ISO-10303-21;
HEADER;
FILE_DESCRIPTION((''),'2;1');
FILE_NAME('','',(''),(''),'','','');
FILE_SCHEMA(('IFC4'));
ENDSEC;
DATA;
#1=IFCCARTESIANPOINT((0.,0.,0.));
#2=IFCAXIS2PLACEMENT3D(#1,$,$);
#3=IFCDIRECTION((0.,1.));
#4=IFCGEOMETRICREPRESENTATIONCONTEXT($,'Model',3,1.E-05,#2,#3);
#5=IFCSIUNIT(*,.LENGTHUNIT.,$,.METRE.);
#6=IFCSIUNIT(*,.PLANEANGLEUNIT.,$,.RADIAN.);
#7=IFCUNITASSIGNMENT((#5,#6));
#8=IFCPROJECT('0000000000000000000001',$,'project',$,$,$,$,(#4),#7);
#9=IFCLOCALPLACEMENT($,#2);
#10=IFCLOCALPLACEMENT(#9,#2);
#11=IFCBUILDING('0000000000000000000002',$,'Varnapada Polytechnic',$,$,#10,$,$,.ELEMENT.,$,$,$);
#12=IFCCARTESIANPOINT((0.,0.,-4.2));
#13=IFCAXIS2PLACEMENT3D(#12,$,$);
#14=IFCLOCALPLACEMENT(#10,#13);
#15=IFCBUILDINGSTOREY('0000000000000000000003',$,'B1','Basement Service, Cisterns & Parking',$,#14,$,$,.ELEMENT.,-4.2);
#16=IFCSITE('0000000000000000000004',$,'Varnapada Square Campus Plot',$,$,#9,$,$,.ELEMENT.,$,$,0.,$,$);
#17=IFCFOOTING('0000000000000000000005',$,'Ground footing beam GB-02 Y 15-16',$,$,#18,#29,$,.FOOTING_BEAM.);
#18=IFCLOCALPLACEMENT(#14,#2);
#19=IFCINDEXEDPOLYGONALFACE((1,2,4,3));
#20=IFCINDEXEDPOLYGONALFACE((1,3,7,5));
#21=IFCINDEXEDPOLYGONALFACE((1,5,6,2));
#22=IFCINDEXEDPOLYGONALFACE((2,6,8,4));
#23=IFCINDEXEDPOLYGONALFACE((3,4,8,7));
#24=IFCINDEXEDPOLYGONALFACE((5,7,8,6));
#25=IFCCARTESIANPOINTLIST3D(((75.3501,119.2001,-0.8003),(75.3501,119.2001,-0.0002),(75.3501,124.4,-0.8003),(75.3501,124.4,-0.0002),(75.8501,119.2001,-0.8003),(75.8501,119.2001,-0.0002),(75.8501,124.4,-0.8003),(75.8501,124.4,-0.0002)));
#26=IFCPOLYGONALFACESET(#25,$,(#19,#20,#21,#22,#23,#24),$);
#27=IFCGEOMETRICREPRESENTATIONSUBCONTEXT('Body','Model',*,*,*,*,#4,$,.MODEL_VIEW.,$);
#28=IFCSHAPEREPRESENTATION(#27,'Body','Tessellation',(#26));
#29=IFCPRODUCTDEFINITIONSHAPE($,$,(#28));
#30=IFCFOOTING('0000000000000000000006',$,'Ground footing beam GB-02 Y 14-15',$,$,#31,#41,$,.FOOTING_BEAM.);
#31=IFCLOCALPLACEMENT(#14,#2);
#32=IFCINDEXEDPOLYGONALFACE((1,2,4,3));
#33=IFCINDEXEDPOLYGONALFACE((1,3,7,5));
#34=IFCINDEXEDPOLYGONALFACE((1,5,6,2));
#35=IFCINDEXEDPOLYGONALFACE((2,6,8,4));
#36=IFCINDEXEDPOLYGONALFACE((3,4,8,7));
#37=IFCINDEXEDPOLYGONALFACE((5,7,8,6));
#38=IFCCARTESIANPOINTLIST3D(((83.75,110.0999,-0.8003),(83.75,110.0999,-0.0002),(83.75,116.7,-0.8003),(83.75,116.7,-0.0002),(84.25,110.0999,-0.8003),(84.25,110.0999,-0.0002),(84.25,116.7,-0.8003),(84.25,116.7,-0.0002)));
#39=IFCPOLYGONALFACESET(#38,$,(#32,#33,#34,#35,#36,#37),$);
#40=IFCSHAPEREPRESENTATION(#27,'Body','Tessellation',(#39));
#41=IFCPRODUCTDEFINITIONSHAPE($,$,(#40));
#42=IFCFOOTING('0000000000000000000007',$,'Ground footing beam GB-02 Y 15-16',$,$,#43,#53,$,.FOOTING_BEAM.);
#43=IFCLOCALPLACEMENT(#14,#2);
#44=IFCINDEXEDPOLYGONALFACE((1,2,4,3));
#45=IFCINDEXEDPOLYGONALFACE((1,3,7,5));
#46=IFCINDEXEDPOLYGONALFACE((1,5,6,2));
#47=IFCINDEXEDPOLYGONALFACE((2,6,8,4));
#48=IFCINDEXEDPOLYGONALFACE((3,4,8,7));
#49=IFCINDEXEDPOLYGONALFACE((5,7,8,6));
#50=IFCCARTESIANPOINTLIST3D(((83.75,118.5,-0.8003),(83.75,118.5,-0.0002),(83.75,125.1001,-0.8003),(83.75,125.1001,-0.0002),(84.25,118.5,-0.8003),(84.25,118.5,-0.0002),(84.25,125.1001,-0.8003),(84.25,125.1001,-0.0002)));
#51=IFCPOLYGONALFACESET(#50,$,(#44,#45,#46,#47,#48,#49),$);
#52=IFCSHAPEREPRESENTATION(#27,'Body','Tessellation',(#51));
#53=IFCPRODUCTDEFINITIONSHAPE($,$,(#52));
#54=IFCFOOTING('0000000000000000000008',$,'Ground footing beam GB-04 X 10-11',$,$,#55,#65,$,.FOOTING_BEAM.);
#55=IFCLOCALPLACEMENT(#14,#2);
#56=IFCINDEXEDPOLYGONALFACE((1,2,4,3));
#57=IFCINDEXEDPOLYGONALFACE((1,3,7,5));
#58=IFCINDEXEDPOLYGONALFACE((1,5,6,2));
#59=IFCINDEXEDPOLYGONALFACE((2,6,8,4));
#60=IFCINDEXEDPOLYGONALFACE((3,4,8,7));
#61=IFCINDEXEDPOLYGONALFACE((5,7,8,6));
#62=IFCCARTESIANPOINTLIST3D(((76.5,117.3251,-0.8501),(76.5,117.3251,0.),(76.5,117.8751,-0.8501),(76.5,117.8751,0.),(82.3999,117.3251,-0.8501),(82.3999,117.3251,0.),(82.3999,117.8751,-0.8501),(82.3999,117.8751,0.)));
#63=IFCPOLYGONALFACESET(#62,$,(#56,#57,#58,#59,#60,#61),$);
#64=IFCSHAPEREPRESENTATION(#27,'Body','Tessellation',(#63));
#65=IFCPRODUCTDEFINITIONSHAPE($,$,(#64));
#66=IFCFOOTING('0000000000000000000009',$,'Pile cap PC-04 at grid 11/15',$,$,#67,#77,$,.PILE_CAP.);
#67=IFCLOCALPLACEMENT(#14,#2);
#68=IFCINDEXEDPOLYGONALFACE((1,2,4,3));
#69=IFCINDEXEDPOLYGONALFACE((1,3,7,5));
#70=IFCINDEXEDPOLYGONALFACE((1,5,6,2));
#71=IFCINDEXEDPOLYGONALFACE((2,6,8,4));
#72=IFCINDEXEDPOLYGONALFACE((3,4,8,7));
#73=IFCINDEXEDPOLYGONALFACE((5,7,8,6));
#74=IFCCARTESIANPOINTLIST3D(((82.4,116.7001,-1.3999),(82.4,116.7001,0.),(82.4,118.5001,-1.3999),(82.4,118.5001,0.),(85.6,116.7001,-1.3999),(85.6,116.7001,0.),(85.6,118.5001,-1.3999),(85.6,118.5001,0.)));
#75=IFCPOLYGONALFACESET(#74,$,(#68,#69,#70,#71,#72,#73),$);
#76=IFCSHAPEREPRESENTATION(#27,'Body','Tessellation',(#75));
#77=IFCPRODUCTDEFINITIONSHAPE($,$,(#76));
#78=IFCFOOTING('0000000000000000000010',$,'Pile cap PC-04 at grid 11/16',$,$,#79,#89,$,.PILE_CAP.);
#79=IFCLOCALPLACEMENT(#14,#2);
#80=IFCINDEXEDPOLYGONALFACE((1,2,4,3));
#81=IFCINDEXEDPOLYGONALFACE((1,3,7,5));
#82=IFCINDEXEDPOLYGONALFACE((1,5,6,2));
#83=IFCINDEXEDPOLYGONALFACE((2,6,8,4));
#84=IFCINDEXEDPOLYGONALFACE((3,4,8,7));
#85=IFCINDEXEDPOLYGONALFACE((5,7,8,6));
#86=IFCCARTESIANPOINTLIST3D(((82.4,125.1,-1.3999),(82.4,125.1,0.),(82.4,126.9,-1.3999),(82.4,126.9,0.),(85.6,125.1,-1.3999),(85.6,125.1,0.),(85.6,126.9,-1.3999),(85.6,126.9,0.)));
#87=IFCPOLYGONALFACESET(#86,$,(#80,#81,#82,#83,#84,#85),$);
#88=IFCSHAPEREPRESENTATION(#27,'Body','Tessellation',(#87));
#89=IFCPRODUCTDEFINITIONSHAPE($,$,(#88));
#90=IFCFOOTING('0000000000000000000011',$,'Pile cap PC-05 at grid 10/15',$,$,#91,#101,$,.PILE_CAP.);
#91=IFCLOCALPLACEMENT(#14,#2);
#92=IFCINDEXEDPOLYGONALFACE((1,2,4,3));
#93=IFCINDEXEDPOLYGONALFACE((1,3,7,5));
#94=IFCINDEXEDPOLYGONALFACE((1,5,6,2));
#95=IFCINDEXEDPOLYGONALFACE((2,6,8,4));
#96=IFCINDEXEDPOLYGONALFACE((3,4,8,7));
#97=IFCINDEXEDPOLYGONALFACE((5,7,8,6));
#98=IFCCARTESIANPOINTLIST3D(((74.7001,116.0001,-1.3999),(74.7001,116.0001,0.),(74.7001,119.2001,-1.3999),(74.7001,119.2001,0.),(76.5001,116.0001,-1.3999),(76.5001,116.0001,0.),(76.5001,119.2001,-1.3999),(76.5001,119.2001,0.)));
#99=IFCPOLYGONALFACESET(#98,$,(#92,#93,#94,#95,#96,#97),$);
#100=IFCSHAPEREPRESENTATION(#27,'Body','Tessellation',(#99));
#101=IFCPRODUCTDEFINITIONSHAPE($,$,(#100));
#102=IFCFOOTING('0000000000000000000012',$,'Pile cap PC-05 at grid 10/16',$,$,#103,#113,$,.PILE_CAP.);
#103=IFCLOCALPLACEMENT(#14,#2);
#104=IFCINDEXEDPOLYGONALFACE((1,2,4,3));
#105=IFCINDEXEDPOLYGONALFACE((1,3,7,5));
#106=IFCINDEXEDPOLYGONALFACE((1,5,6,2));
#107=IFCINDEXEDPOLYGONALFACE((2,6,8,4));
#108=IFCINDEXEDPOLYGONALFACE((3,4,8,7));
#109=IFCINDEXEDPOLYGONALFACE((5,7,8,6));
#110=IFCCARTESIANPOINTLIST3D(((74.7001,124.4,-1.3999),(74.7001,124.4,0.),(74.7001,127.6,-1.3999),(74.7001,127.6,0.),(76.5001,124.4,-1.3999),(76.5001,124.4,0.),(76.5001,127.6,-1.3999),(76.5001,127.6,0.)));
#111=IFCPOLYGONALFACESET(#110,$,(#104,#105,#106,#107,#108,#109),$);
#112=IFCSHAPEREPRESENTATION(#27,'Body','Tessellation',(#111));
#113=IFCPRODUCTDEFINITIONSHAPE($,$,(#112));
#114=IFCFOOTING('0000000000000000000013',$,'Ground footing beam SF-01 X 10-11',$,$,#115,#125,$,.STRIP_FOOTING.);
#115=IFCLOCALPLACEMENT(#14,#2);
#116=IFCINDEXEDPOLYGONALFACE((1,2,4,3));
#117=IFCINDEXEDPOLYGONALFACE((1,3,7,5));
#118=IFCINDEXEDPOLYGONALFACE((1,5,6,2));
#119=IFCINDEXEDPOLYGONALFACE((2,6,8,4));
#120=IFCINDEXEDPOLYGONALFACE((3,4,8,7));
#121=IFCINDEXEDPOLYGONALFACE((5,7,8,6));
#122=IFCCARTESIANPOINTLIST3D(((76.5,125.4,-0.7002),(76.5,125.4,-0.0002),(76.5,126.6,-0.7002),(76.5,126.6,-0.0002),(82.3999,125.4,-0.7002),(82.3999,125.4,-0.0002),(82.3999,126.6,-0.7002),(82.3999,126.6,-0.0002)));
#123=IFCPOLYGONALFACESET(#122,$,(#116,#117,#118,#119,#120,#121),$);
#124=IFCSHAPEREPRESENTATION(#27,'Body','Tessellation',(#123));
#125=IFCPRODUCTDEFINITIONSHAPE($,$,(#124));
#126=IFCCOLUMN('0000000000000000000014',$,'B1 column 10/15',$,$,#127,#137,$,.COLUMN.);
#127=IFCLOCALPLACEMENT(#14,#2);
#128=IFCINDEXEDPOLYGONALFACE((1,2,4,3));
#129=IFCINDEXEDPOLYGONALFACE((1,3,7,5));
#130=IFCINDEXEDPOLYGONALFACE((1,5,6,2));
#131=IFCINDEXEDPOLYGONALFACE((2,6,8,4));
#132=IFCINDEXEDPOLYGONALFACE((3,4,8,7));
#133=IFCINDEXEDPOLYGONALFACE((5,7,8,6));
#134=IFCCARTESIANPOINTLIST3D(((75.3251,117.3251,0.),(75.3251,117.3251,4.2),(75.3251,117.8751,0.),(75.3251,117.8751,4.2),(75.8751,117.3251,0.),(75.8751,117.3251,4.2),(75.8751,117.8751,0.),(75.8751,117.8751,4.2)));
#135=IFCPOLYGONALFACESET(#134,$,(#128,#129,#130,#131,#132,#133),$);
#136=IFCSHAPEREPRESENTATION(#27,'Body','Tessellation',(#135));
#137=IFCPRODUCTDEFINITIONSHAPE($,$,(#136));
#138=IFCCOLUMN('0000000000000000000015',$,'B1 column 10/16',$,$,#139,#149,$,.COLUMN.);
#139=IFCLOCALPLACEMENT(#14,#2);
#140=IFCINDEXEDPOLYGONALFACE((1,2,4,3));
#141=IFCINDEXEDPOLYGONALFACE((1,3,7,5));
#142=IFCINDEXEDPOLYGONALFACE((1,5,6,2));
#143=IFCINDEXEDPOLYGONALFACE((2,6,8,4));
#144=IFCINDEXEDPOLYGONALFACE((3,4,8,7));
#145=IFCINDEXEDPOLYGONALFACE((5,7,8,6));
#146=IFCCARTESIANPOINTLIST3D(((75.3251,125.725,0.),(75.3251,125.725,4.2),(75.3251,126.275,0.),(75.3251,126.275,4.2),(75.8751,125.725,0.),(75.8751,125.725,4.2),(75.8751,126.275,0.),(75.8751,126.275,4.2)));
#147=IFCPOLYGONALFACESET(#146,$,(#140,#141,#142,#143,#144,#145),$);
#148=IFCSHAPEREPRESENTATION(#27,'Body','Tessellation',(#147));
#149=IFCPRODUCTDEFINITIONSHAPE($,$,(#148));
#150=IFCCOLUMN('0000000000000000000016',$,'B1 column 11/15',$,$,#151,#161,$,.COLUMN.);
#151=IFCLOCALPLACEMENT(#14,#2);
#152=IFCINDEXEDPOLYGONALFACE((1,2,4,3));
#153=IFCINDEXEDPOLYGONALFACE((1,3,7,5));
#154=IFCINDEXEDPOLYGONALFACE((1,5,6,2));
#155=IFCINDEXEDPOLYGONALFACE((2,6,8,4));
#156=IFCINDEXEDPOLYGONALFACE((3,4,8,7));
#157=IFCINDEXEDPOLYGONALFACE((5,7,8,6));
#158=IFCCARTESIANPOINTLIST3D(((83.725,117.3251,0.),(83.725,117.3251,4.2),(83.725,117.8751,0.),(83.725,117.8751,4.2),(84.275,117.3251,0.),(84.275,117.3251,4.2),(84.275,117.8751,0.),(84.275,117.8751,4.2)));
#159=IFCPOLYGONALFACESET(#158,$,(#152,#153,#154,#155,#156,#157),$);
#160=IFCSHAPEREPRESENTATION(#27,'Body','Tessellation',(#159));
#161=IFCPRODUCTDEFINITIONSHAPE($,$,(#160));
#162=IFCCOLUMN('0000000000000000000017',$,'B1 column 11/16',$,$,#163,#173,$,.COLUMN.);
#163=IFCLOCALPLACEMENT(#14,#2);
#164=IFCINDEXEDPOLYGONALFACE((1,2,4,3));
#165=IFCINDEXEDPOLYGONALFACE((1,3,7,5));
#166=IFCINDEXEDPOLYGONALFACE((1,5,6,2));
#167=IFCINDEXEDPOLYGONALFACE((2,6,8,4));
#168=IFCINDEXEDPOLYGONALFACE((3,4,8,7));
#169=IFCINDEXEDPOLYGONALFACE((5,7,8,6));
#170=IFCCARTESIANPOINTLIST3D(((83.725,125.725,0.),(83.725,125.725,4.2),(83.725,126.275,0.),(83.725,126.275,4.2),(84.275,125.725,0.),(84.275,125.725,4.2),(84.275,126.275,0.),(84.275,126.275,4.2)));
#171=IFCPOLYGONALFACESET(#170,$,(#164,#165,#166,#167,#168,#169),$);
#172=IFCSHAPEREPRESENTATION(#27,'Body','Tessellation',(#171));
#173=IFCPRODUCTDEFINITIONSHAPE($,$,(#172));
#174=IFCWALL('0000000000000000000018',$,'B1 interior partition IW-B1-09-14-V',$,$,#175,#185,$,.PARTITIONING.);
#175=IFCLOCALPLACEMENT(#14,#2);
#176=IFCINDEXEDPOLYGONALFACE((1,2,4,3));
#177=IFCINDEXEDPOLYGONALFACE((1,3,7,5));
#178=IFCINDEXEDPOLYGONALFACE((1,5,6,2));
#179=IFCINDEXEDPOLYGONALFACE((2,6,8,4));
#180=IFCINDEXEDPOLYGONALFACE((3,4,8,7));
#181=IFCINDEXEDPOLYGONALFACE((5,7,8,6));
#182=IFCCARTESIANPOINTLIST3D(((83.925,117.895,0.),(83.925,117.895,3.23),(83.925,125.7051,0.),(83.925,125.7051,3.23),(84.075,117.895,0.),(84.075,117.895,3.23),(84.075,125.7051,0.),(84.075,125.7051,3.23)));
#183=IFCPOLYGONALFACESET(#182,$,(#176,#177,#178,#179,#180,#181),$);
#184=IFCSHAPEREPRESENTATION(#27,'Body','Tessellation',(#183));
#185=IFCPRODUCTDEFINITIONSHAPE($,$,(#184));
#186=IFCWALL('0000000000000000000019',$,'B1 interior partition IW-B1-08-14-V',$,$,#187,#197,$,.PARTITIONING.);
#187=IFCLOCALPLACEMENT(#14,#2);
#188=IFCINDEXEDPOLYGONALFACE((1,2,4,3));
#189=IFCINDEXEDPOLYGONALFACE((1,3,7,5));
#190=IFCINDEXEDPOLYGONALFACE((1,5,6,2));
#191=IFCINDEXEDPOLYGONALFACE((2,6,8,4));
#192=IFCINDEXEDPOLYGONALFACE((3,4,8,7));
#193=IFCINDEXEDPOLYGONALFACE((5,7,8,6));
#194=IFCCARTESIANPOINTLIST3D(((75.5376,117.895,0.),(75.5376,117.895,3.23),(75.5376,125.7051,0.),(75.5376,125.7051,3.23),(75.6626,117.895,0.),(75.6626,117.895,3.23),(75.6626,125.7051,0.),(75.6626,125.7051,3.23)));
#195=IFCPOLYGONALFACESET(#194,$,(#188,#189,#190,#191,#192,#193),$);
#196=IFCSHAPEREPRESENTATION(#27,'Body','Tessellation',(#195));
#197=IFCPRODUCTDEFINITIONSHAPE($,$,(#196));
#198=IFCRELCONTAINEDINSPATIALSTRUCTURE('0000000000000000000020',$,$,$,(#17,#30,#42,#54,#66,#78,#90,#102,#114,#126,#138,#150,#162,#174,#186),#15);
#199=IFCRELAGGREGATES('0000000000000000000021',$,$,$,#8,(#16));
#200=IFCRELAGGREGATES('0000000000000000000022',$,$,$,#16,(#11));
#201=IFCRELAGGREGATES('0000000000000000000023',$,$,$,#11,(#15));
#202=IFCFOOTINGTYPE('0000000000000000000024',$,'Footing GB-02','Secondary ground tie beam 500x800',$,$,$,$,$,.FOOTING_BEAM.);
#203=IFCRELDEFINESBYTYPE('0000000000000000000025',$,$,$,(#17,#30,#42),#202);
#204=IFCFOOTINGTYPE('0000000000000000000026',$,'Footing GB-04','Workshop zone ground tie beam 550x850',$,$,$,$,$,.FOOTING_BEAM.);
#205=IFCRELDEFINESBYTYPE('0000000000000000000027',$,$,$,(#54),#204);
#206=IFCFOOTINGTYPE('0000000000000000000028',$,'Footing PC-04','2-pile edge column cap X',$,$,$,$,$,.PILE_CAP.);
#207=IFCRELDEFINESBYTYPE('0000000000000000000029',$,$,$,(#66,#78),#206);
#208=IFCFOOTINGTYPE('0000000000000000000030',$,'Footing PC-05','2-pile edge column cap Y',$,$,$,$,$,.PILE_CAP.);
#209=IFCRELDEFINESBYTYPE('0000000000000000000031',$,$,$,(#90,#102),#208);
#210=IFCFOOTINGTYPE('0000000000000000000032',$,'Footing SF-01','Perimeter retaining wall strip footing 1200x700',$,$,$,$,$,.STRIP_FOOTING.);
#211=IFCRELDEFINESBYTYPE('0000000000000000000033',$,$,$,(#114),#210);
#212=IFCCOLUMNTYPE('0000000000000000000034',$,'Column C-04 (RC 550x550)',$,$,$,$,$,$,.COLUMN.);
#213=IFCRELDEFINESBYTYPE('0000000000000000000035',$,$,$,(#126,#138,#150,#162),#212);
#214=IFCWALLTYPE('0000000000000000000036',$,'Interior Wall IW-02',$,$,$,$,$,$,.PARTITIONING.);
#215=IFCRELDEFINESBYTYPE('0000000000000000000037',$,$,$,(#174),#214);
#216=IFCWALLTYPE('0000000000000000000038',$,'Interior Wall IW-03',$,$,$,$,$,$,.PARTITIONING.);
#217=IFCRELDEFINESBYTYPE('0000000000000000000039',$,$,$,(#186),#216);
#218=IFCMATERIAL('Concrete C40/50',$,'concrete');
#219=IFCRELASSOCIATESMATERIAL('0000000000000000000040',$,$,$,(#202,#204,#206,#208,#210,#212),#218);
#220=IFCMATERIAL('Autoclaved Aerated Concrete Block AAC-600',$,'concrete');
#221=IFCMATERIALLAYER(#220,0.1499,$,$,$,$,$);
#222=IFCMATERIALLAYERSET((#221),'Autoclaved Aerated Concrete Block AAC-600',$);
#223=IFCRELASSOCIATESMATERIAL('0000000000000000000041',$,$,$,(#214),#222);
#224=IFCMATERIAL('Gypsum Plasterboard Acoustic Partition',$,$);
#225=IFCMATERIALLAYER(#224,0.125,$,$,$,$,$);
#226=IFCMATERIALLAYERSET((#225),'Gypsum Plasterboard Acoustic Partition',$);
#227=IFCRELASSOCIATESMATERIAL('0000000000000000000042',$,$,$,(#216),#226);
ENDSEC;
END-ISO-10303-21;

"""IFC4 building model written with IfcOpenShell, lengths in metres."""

from ifc_helpers import new_model, si_unit, direction, frame, frame_2d, origin, origin_2d, place, context, subcontext, project, spatial, rectangle, extrude, material, layer, layer_set, material_profile, profile_set, type_object, element, save


model = new_model("IFC4")

# Units and contexts
model_context = context("Model", 3, precision=1e-05, world=origin(), true_north=direction((0.0, 1.0)))
body_context = subcontext(model_context, "Body", "Model", "MODEL_VIEW")
ifc_project = project(units=[si_unit("LENGTHUNIT", "METRE"), si_unit("PLANEANGLEUNIT", "RADIAN")], contexts=[model_context])

# Site, building, storey
site_placement = place(None, origin())
site = spatial("IfcSite", under=ifc_project, at=site_placement, Name="Varnapada Square Campus Plot", CompositionType="ELEMENT", RefElevation=0.0)
building_placement = place(site_placement, origin())
building = spatial("IfcBuilding", under=site, at=building_placement, Name="Varnapada Polytechnic", CompositionType="ELEMENT")
storey_placement = place(building_placement, frame((0.0, 0.0, -4.2)))
storey = spatial("IfcBuildingStorey", under=building, at=storey_placement, Name="B1", Description="Basement Service, Cisterns & Parking", CompositionType="ELEMENT", Elevation=-4.2)

# Shared definitions
ifc_material_1 = material(Name="Concrete C40/50", Category="concrete")

# Footings
footing_type_1 = type_object("IfcFootingType", Name="Footing GB-02", Description="Secondary ground tie beam 500x800", PredefinedType="FOOTING_BEAM", material=ifc_material_1)
footing_1_placement = place(storey_placement, frame((75.6001, 121.8, -0.8003), z_axis=(0.0, 0.0, 1.0), x_axis=(0.0, 1.0, 0.0)))
element("IfcFooting", 1, at=footing_1_placement, inside=storey, type_object=footing_type_1, Name="Ground footing beam GB-02 Y 15-16", PredefinedType="FOOTING_BEAM", context=body_context, shape_type="SweptSolid", body=[
    extrude(rectangle(XDim=5.2, YDim=0.5, at=origin_2d()), origin(), (0.0, 0.0, 1.0), 0.8),
])
for number, where, z_axis, x_axis, name in (
    (2, (84.0, 113.3999, -0.8003), (0.0, 0.0, 1.0), (0.0, 1.0, 0.0), "Ground footing beam GB-02 Y 14-15"),
    (3, (84.0, 121.8, -0.8003), (0.0, 0.0, 1.0), (0.0, 1.0, 0.0), "Ground footing beam GB-02 Y 15-16"),
):
    element("IfcFooting", number, at=place(storey_placement, frame(where, z_axis=z_axis, x_axis=x_axis)), inside=storey, type_object=footing_type_1, Name=name, PredefinedType="FOOTING_BEAM", context=body_context, shape_type="SweptSolid", body=[
        extrude(rectangle(XDim=6.6001, YDim=0.5, at=origin_2d()), origin(), (0.0, 0.0, 1.0), 0.8),
    ])
footing_type_2 = type_object("IfcFootingType", Name="Footing GB-04", Description="Workshop zone ground tie beam 550x850", PredefinedType="FOOTING_BEAM", material=ifc_material_1)
footing_2_placement = place(storey_placement, frame((79.45, 117.6001, -0.8501), z_axis=(0.0, 0.0, 1.0), x_axis=(1.0, 0.0, 0.0)))
element("IfcFooting", 4, at=footing_2_placement, inside=storey, type_object=footing_type_2, Name="Ground footing beam GB-04 X 10-11", PredefinedType="FOOTING_BEAM", context=body_context, shape_type="SweptSolid", body=[
    extrude(rectangle(XDim=5.8999, YDim=0.55, at=origin_2d()), origin(), (0.0, 0.0, 1.0), 0.8501),
])
footing_type_3 = type_object("IfcFootingType", Name="Footing PC-04", Description="2-pile edge column cap X", PredefinedType="PILE_CAP", material=ifc_material_1)
for number, where, z_axis, x_axis, name in (
    (5, (84.0, 117.6001, -1.3999), (0.0, 0.0, 1.0), (1.0, 0.0, 0.0), "Pile cap PC-04 at grid 11/15"),
    (6, (84.0, 126.0, -1.3999), (0.0, 0.0, 1.0), (1.0, 0.0, 0.0), "Pile cap PC-04 at grid 11/16"),
):
    element("IfcFooting", number, at=place(storey_placement, frame(where, z_axis=z_axis, x_axis=x_axis)), inside=storey, type_object=footing_type_3, Name=name, PredefinedType="PILE_CAP", context=body_context, shape_type="SweptSolid", body=[
        extrude(rectangle(XDim=3.2, YDim=1.8, at=origin_2d()), origin(), (0.0, 0.0, 1.0), 1.3999),
    ])
footing_type_4 = type_object("IfcFootingType", Name="Footing PC-05", Description="2-pile edge column cap Y", PredefinedType="PILE_CAP", material=ifc_material_1)
for number, where, z_axis, x_axis, name in (
    (7, (75.6001, 117.6001, -1.3999), (0.0, 0.0, 1.0), (1.0, 0.0, 0.0), "Pile cap PC-05 at grid 10/15"),
    (8, (75.6001, 126.0, -1.3999), (0.0, 0.0, 1.0), (1.0, 0.0, 0.0), "Pile cap PC-05 at grid 10/16"),
):
    element("IfcFooting", number, at=place(storey_placement, frame(where, z_axis=z_axis, x_axis=x_axis)), inside=storey, type_object=footing_type_4, Name=name, PredefinedType="PILE_CAP", context=body_context, shape_type="SweptSolid", body=[
        extrude(rectangle(XDim=1.8, YDim=3.2, at=origin_2d()), origin(), (0.0, 0.0, 1.0), 1.3999),
    ])
footing_type_5 = type_object("IfcFootingType", Name="Footing SF-01", Description="Perimeter retaining wall strip footing 1200x700", PredefinedType="STRIP_FOOTING", material=ifc_material_1)
footing_3_placement = place(storey_placement, frame((79.45, 126.0, -0.7002), z_axis=(0.0, 0.0, 1.0), x_axis=(1.0, 0.0, 0.0)))
element("IfcFooting", 9, at=footing_3_placement, inside=storey, type_object=footing_type_5, Name="Ground footing beam SF-01 X 10-11", PredefinedType="STRIP_FOOTING", context=body_context, shape_type="SweptSolid", body=[
    extrude(rectangle(XDim=5.8999, YDim=1.2, at=origin_2d()), origin(), (0.0, 0.0, 1.0), 0.7),
])

# Columns
ifc_material_profile_1 = material_profile(ifc_material_1, rectangle(XDim=0.55, YDim=0.55, at=origin_2d()), Name="RC 550x550")
ifc_profile_set_1 = profile_set([ifc_material_profile_1], Name="Concrete C40/50")
column_type = type_object("IfcColumnType", Name="Column C-04 (RC 550x550)", PredefinedType="COLUMN", material=ifc_profile_set_1)
for number, where, z_axis, x_axis, name in (
    (10, (75.6001, 117.6001, 0.0), (0.0, 0.0, 1.0), (1.0, 0.0, 0.0), "B1 column 10/15"),
    (11, (75.6001, 126.0, 0.0), (0.0, 0.0, 1.0), (1.0, 0.0, 0.0), "B1 column 10/16"),
    (12, (84.0, 117.6001, 0.0), (0.0, 0.0, 1.0), (1.0, 0.0, 0.0), "B1 column 11/15"),
    (13, (84.0, 126.0, 0.0), (0.0, 0.0, 1.0), (1.0, 0.0, 0.0), "B1 column 11/16"),
):
    element("IfcColumn", number, at=place(storey_placement, frame(where, z_axis=z_axis, x_axis=x_axis)), inside=storey, type_object=column_type, Name=name, PredefinedType="COLUMN", context=body_context, shape_type="SweptSolid", body=[
        extrude(rectangle(XDim=0.55, YDim=0.55, at=origin_2d()), origin(), (0.0, 0.0, 1.0), 4.2),
    ])

# Walls
ifc_material_2 = material(Name="Autoclaved Aerated Concrete Block AAC-600", Category="concrete")
ifc_layer_1 = layer(ifc_material_2, 0.1499)
ifc_layer_set_1 = layer_set([ifc_layer_1], Name="Autoclaved Aerated Concrete Block AAC-600")
wall_type_1 = type_object("IfcWallType", Name="Interior Wall IW-02", PredefinedType="PARTITIONING", material=ifc_layer_set_1)
wall_1_placement = place(storey_placement, frame((84.0, 117.895, 0.0), z_axis=(0.0, 0.0, 1.0), x_axis=(0.0, 1.0, 0.0)))
element("IfcWall", 14, at=wall_1_placement, inside=storey, type_object=wall_type_1, Name="B1 interior partition IW-B1-09-14-V", PredefinedType="PARTITIONING", context=body_context, shape_type="SweptSolid", body=[
    extrude(rectangle(XDim=7.8101, YDim=0.1499, at=frame_2d((3.905, 0.0))), origin(), (0.0, 0.0, 1.0), 3.23),
])
ifc_material_3 = material(Name="Gypsum Plasterboard Acoustic Partition")
ifc_layer_2 = layer(ifc_material_3, 0.125)
ifc_layer_set_2 = layer_set([ifc_layer_2], Name="Gypsum Plasterboard Acoustic Partition")
wall_type_2 = type_object("IfcWallType", Name="Interior Wall IW-03", PredefinedType="PARTITIONING", material=ifc_layer_set_2)
wall_2_placement = place(storey_placement, frame((75.6001, 117.895, 0.0), z_axis=(0.0, 0.0, 1.0), x_axis=(0.0, 1.0, 0.0)))
element("IfcWall", 15, at=wall_2_placement, inside=storey, type_object=wall_type_2, Name="B1 interior partition IW-B1-08-14-V", PredefinedType="PARTITIONING", context=body_context, shape_type="SweptSolid", body=[
    extrude(rectangle(XDim=7.8101, YDim=0.125, at=frame_2d((3.905, 0.0))), origin(), (0.0, 0.0, 1.0), 3.23),
])

save(model, "model.ifc")
